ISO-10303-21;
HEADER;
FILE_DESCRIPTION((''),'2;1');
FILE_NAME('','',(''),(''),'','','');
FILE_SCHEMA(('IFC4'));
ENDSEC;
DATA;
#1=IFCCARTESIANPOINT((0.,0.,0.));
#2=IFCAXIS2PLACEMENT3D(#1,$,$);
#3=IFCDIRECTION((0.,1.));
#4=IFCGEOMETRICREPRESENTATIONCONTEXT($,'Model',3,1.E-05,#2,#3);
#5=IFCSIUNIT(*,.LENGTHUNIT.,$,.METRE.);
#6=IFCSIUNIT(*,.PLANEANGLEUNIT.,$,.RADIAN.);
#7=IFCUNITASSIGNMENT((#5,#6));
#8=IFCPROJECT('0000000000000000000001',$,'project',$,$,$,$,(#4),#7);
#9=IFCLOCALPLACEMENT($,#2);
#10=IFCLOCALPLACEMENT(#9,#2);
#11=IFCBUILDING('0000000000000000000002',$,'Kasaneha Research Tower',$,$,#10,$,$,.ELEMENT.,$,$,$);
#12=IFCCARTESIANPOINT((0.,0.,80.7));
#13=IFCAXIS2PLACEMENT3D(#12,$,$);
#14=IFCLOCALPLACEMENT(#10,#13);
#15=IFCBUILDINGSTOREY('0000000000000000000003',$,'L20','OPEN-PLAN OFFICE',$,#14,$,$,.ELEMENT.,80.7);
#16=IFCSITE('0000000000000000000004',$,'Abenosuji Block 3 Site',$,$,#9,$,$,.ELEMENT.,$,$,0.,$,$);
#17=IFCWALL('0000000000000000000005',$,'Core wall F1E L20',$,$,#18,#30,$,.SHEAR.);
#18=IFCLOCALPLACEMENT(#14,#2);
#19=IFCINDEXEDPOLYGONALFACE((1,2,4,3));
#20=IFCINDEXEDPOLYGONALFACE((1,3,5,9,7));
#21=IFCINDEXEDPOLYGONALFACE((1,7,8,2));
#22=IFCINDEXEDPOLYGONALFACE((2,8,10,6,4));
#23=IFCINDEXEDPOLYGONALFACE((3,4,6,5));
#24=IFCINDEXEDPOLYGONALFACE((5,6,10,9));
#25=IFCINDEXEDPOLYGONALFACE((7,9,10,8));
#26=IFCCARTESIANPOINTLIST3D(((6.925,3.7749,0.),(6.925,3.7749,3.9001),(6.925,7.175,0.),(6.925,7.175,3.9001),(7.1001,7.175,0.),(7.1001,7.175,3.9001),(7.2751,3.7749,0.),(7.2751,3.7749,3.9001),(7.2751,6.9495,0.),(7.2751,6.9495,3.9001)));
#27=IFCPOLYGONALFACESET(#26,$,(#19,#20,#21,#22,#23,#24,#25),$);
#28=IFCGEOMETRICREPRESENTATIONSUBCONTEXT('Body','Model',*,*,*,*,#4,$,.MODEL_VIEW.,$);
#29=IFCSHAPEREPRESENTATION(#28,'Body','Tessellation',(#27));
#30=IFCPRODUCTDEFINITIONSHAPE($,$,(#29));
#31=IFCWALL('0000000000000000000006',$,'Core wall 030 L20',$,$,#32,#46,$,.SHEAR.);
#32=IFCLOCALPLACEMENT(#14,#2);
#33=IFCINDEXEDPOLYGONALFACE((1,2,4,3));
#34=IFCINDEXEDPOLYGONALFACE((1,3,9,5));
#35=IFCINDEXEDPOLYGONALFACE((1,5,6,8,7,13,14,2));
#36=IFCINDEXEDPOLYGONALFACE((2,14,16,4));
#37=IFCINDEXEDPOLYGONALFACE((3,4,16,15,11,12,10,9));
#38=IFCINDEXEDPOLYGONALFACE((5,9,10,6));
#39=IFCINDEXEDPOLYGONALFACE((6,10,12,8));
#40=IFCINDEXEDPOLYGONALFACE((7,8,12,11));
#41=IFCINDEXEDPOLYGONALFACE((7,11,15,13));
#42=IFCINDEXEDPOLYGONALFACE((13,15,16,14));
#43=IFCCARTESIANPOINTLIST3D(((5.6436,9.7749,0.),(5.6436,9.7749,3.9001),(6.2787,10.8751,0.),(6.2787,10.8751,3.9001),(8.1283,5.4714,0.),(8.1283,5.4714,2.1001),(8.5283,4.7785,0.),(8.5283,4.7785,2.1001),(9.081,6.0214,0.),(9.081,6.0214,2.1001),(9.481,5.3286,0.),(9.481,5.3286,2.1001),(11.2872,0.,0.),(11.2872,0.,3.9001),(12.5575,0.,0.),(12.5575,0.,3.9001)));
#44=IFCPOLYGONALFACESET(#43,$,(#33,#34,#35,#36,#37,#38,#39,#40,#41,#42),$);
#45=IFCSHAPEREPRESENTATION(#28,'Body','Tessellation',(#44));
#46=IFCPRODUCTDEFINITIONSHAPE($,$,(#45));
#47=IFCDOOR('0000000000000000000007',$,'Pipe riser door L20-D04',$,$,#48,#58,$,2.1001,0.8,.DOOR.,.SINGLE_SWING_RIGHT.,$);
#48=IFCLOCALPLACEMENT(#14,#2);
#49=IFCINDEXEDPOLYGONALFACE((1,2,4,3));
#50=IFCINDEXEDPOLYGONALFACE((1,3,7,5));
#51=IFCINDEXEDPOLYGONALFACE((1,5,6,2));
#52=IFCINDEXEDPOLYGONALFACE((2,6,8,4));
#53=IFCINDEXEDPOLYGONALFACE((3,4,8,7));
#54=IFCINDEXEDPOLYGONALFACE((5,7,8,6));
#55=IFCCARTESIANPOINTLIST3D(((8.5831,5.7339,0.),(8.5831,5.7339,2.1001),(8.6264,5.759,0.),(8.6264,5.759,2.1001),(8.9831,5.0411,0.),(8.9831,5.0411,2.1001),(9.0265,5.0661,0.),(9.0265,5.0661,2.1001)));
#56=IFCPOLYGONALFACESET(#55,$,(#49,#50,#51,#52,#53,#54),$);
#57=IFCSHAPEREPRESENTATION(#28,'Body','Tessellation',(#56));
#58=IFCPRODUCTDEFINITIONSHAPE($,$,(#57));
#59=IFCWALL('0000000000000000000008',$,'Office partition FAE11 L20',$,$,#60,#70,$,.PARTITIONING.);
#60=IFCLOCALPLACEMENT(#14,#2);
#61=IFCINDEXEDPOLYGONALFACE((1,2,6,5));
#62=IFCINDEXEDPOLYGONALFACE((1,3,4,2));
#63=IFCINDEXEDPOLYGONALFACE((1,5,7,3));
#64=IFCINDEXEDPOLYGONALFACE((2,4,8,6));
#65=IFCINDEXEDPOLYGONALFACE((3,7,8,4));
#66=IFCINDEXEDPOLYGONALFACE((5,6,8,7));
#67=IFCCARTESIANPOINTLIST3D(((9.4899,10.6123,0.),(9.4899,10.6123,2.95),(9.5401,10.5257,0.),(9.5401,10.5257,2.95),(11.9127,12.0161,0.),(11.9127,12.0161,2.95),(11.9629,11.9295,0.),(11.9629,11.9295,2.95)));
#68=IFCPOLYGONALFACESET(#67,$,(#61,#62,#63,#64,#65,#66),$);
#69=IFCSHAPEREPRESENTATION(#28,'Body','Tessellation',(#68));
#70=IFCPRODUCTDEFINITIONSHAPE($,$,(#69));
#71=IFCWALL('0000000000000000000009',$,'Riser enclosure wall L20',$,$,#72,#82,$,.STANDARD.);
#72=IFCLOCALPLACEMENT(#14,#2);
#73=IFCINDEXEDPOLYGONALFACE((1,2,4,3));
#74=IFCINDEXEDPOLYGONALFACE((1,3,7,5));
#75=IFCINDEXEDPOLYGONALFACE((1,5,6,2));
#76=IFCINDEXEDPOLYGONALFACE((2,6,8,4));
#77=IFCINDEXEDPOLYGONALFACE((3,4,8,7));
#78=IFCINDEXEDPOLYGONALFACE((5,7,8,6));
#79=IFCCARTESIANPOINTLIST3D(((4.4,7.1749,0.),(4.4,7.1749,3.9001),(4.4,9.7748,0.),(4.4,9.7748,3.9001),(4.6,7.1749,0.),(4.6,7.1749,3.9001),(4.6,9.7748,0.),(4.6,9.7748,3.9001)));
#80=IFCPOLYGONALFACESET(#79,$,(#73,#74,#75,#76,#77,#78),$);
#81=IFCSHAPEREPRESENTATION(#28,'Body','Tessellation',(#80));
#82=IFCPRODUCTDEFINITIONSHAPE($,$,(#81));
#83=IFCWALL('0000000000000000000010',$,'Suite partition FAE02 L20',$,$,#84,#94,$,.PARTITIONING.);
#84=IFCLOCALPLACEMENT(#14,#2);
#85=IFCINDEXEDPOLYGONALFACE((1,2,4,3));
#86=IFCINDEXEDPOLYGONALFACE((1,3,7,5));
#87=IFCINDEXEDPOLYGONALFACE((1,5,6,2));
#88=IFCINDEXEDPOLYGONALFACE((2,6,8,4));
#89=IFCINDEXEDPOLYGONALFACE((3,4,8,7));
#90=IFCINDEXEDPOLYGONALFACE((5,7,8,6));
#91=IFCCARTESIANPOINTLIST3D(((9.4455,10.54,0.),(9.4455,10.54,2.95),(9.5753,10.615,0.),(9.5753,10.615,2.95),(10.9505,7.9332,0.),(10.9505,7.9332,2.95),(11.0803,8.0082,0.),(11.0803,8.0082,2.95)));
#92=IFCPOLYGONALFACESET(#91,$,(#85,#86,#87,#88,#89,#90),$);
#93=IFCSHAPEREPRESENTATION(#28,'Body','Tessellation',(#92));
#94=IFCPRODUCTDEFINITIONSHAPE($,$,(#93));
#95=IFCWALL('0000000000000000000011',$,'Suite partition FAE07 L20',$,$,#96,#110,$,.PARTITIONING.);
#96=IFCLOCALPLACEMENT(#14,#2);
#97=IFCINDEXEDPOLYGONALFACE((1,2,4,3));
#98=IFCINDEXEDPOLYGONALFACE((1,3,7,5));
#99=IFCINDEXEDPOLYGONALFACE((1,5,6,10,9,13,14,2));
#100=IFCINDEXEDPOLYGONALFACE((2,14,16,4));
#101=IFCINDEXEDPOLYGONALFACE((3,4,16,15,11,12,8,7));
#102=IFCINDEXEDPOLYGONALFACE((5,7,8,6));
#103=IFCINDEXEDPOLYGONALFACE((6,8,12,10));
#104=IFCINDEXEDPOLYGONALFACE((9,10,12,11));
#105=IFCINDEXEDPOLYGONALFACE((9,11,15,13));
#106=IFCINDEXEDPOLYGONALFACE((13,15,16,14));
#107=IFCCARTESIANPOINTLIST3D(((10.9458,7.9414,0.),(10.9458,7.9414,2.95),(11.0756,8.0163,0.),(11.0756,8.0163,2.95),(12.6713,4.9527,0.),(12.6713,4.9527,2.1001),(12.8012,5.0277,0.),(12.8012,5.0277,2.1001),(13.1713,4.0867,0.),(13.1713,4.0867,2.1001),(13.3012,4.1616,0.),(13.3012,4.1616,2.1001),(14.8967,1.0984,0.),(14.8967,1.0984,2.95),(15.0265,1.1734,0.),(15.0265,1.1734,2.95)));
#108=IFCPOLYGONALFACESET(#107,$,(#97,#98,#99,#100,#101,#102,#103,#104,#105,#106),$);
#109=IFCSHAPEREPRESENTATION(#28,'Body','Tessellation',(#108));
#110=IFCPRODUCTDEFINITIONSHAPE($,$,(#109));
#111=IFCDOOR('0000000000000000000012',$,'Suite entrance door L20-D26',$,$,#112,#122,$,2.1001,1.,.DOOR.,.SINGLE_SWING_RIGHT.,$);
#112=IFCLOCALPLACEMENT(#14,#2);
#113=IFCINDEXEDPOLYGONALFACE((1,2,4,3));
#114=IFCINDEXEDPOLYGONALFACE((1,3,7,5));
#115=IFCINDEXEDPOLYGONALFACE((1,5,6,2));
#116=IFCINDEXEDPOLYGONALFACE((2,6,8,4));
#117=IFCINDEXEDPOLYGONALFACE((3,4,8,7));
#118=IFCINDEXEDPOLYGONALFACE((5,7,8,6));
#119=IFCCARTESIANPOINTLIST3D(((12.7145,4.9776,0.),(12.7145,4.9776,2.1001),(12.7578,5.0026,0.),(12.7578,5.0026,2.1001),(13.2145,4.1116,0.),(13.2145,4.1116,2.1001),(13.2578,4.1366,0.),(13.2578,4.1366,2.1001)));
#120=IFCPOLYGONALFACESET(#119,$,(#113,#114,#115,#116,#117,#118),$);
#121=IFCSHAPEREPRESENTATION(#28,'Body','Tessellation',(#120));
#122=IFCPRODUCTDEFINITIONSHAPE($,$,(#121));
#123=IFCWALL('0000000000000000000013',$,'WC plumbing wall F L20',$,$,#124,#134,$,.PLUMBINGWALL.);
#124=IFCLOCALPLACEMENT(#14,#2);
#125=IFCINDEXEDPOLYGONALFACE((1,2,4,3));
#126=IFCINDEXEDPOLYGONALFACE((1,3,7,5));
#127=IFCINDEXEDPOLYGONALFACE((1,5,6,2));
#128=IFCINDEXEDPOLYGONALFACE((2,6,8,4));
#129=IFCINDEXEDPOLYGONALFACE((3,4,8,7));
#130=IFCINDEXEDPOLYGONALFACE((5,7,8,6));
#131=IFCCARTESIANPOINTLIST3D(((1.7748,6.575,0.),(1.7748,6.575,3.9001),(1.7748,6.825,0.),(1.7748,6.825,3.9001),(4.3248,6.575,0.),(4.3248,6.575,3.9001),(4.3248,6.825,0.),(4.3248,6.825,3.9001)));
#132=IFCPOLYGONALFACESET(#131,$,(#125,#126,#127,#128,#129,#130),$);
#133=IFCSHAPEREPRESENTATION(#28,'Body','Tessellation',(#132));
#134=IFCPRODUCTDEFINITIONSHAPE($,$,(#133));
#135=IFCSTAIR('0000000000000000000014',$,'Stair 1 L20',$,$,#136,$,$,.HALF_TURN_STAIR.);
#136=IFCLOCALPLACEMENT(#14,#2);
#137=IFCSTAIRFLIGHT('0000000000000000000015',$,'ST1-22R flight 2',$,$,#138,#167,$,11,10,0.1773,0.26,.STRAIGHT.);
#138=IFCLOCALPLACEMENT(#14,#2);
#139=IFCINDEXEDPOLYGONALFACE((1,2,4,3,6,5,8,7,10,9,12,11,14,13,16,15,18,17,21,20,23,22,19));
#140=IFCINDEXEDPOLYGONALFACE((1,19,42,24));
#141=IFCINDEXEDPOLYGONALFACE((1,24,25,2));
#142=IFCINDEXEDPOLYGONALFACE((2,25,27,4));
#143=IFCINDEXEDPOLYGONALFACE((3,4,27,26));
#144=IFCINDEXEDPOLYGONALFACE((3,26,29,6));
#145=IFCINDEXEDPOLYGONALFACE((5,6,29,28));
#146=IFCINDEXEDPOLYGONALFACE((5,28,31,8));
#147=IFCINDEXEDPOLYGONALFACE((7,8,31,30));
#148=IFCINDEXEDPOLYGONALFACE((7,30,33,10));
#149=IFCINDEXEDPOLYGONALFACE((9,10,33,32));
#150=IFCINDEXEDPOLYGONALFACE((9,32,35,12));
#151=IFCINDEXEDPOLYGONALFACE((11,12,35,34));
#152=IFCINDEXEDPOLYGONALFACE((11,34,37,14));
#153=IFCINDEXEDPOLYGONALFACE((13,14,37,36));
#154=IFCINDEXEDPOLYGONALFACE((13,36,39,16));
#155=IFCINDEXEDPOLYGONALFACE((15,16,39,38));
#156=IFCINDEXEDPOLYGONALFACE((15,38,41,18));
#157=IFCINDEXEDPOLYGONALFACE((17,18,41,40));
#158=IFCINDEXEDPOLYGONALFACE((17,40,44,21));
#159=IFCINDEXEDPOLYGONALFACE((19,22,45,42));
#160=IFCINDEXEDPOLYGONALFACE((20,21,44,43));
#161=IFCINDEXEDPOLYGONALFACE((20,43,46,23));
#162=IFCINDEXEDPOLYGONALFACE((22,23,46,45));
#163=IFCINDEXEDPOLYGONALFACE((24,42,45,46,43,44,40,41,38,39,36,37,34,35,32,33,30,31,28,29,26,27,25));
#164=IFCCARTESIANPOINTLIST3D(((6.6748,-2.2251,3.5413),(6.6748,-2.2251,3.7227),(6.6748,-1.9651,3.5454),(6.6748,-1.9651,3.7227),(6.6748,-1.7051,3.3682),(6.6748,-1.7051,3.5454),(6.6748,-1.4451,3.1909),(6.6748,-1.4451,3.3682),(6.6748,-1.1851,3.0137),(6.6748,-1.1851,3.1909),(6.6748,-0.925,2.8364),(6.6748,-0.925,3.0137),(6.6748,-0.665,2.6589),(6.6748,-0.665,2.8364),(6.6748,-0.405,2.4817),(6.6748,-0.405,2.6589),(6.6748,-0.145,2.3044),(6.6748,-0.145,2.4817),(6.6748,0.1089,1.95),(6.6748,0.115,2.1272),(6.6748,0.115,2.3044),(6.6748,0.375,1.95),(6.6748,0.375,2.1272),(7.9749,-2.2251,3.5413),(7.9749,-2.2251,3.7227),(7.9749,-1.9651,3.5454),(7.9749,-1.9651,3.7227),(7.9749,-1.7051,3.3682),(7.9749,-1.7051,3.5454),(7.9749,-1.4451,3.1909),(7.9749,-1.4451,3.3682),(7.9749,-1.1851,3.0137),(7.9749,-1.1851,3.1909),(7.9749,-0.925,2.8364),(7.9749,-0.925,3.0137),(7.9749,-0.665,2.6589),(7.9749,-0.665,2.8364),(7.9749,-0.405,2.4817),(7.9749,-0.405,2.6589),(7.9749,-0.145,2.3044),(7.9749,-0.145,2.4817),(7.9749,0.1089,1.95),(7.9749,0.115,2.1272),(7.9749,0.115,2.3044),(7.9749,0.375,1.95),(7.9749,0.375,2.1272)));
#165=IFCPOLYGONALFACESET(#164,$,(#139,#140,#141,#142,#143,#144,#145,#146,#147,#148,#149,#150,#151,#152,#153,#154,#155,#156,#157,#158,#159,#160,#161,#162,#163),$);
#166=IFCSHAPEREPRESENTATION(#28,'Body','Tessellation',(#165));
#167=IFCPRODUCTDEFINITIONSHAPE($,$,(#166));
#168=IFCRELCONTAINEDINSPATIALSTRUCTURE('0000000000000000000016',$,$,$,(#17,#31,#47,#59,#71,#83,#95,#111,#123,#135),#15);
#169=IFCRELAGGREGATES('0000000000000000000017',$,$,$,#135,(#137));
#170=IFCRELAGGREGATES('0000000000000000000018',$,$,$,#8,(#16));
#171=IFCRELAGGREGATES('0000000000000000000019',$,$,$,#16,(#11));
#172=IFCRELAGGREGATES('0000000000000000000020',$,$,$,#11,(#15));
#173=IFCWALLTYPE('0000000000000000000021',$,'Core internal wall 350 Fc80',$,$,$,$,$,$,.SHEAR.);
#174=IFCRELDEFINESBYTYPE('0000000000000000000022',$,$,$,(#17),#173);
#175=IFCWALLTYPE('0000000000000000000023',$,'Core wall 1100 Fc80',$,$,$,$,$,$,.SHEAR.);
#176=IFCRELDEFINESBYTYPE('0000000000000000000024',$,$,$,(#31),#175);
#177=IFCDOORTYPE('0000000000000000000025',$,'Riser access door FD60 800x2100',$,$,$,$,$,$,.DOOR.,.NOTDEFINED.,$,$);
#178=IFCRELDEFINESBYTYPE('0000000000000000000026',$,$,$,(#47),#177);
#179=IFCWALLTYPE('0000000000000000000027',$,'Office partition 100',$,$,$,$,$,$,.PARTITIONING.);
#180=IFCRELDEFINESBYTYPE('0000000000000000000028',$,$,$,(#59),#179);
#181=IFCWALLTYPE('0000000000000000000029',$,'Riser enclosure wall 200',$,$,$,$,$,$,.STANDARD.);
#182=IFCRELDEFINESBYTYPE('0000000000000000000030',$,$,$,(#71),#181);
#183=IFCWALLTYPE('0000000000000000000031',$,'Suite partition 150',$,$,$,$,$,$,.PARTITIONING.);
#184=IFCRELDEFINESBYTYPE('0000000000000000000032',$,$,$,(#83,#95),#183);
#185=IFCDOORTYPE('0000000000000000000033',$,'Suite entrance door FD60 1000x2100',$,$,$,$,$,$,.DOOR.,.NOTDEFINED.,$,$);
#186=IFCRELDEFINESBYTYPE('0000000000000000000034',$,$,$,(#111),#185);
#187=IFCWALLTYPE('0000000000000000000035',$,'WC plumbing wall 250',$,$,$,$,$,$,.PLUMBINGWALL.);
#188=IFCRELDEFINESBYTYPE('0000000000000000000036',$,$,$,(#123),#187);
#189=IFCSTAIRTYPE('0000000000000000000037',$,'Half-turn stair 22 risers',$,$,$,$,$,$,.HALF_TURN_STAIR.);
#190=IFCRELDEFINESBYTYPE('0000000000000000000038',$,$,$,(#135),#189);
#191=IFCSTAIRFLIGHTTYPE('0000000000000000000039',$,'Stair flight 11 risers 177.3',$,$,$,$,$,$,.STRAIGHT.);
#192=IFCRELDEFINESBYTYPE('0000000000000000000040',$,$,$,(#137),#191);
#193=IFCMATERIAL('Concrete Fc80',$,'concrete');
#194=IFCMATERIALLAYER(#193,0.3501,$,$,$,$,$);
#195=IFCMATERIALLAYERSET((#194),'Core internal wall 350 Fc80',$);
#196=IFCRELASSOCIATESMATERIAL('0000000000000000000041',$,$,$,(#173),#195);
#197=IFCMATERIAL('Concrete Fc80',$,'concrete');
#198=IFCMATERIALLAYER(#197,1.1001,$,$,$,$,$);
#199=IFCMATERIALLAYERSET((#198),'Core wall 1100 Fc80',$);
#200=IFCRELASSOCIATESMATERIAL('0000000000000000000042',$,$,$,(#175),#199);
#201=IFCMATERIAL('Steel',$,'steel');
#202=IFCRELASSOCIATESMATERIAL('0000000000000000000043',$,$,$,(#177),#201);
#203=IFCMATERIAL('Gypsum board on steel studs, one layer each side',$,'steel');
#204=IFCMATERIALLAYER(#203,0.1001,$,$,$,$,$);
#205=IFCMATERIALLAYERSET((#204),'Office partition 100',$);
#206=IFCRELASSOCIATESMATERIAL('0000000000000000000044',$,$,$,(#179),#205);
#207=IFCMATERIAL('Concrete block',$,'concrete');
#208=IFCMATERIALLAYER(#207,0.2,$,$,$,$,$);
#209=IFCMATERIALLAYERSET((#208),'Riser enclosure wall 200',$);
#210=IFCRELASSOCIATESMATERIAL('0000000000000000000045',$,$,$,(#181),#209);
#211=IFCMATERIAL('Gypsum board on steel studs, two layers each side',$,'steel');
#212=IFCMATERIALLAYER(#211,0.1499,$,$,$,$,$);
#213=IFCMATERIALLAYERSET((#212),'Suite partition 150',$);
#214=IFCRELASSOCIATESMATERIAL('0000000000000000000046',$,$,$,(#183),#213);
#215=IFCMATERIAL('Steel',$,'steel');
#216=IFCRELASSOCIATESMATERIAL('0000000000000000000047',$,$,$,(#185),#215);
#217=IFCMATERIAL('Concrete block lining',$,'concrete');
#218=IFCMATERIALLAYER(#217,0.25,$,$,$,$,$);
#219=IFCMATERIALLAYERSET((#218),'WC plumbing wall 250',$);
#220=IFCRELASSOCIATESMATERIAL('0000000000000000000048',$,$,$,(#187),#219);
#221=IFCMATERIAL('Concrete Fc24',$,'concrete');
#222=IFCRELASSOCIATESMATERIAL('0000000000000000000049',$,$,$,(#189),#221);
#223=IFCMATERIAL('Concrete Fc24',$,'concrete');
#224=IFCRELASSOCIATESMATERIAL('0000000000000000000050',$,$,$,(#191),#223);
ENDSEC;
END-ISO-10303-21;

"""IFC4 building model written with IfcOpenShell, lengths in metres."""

from ifc_helpers import new_model, si_unit, direction, frame, frame_2d, origin, place, context, subcontext, project, spatial, polyline, rectangle, outline, extrude, material, layer, layer_set, type_object, element, fill, aggregate, save


model = new_model("IFC4")

# Units and contexts
model_context = context("Model", 3, precision=1e-05, world=origin(), true_north=direction((0.0, 1.0)))
body_context = subcontext(model_context, "Body", "Model", "MODEL_VIEW")
ifc_project = project(units=[si_unit("LENGTHUNIT", "METRE"), si_unit("PLANEANGLEUNIT", "RADIAN")], contexts=[model_context])

# Site, building, storey
site_placement = place(None, origin())
site = spatial("IfcSite", under=ifc_project, at=site_placement, Name="Abenosuji Block 3 Site", CompositionType="ELEMENT", RefElevation=0.0)
building_placement = place(site_placement, origin())
building = spatial("IfcBuilding", under=site, at=building_placement, Name="Kasaneha Research Tower", CompositionType="ELEMENT")
storey_placement = place(building_placement, frame((0.0, 0.0, 80.7)))
storey = spatial("IfcBuildingStorey", under=building, at=storey_placement, Name="L20", Description="OPEN-PLAN OFFICE", CompositionType="ELEMENT", Elevation=80.7)

# Wall
ifc_material_1 = material(Name="Concrete Fc80", Category="concrete")
ifc_layer_1 = layer(ifc_material_1, 0.3501)
ifc_layer_set_1 = layer_set([ifc_layer_1], Name="Core internal wall 350 Fc80")
wall_type_1 = type_object("IfcWallType", Name="Core internal wall 350 Fc80", PredefinedType="SHEAR", material=ifc_layer_set_1)
wall_1_placement = place(storey_placement, frame((7.1001, 3.7749, 0.0), z_axis=(0.0, 0.0, 1.0), x_axis=(0.0, 1.0, 0.0)))
element("IfcWall", 1, at=wall_1_placement, inside=storey, type_object=wall_type_1, Name="Core wall F1E L20", PredefinedType="SHEAR", context=body_context, shape_type="SweptSolid", body=[
    extrude(outline(polyline([(0.0, -0.175), (3.1746, -0.175), (3.4001, 0.0), (3.4001, 0.175), (0.0, 0.175), (0.0, -0.175)])), origin(), (0.0, 0.0, 1.0), 3.9001),
])

# Wall, opening, door
ifc_material_2 = material(Name="Concrete Fc80", Category="concrete")
ifc_layer_2 = layer(ifc_material_2, 1.1001)
ifc_layer_set_2 = layer_set([ifc_layer_2], Name="Core wall 1100 Fc80")
wall_type_2 = type_object("IfcWallType", Name="Core wall 1100 Fc80", PredefinedType="SHEAR", material=ifc_layer_set_2)
wall_2_placement = place(storey_placement, frame((11.9224, 0.0, 0.0), z_axis=(0.0, 0.0, 1.0), x_axis=(-0.500004, 0.866023, 0.0)))
wall_2 = element("IfcWall", 2, at=wall_2_placement, inside=storey, type_object=wall_type_2, Name="Core wall 030 L20", PredefinedType="SHEAR", context=body_context, shape_type="SweptSolid", body=[
    extrude(outline(polyline([(-0.3176, -0.55), (5.8354, -0.55), (6.6355, -0.55), (12.24, -0.55), (11.6047, 0.55), (6.6355, 0.55), (5.8354, 0.55), (0.3176, 0.55), (-0.3176, -0.55)])), origin(), (0.0, 0.0, 1.0), 3.9001),
])
opening_1_placement = place(wall_2_placement, frame((5.8354, 0.0, 0.0)))
opening_1 = element("IfcOpeningElement", 3, at=opening_1_placement, cuts=wall_2, PredefinedType="OPENING", context=body_context, shape_type="SweptSolid", body=[
    extrude(rectangle(XDim=0.8, YDim=2.1001, at=frame_2d((0.3999, 1.05))), frame((0.0, 0.5601, 0.0), z_axis=(0.0, -1.0, 0.0), x_axis=(1.0, 0.0, 0.0)), (0.0, 0.0, 1.0), 1.1201),
])
ifc_material_3 = material(Name="Steel", Category="steel")
door_type_1 = type_object("IfcDoorType", Name="Riser access door FD60 800x2100", OperationType="NOTDEFINED", PredefinedType="DOOR", material=ifc_material_3)
door_1_placement = place(opening_1_placement, origin())
door_1 = element("IfcDoor", 4, at=door_1_placement, inside=storey, type_object=door_type_1, Name="Pipe riser door L20-D04", OperationType="SINGLE_SWING_RIGHT", OverallHeight=2.1001, OverallWidth=0.8, PredefinedType="DOOR", context=body_context, shape_type="SweptSolid", body=[
    extrude(rectangle(XDim=0.8, YDim=2.1001, at=frame_2d((0.3999, 1.05))), frame((0.0, 0.0249, 0.0), z_axis=(0.0, -1.0, 0.0), x_axis=(1.0, 0.0, 0.0)), (0.0, 0.0, 1.0), 0.05),
])
fill(opening_1, door_1)

# Walls
ifc_material_4 = material(Name="Gypsum board on steel studs, one layer each side", Category="steel")
ifc_layer_3 = layer(ifc_material_4, 0.1001)
ifc_layer_set_3 = layer_set([ifc_layer_3], Name="Office partition 100")
wall_type_3 = type_object("IfcWallType", Name="Office partition 100", PredefinedType="PARTITIONING", material=ifc_layer_set_3)
wall_3_placement = place(storey_placement, frame((9.5151, 10.5691, 0.0), z_axis=(0.0, 0.0, 1.0), x_axis=(0.865255, 0.501332, 0.0)))
element("IfcWall", 5, at=wall_3_placement, inside=storey, type_object=wall_type_3, Name="Office partition FAE11 L20", PredefinedType="PARTITIONING", context=body_context, shape_type="SweptSolid", body=[
    extrude(rectangle(XDim=2.8, YDim=0.1001, at=frame_2d((1.3999, 0.0))), origin(), (0.0, 0.0, 1.0), 2.95),
])
ifc_material_5 = material(Name="Concrete block", Category="concrete")
ifc_layer_4 = layer(ifc_material_5, 0.2)
ifc_layer_set_4 = layer_set([ifc_layer_4], Name="Riser enclosure wall 200")
wall_type_4 = type_object("IfcWallType", Name="Riser enclosure wall 200", PredefinedType="STANDARD", material=ifc_layer_set_4)
wall_4_placement = place(storey_placement, frame((4.5, 7.175, 0.0), z_axis=(0.0, 0.0, 1.0), x_axis=(0.0, 1.0, 0.0)))
element("IfcWall", 6, at=wall_4_placement, inside=storey, type_object=wall_type_4, Name="Riser enclosure wall L20", PredefinedType="STANDARD", context=body_context, shape_type="SweptSolid", body=[
    extrude(rectangle(XDim=2.5999, YDim=0.2, at=frame_2d((1.2998, 0.0))), origin(), (0.0, 0.0, 1.0), 3.9001),
])
ifc_material_6 = material(Name="Gypsum board on steel studs, two layers each side", Category="steel")
ifc_layer_5 = layer(ifc_material_6, 0.1499)
ifc_layer_set_5 = layer_set([ifc_layer_5], Name="Suite partition 150")
wall_type_5 = type_object("IfcWallType", Name="Suite partition 150", PredefinedType="PARTITIONING", material=ifc_layer_set_5)
wall_5_placement = place(storey_placement, frame((9.5105, 10.5774, 0.0), z_axis=(0.0, 0.0, 1.0), x_axis=(0.499978, -0.866038, 0.0)))
element("IfcWall", 7, at=wall_5_placement, inside=storey, type_object=wall_type_5, Name="Suite partition FAE02 L20", PredefinedType="PARTITIONING", context=body_context, shape_type="SweptSolid", body=[
    extrude(rectangle(XDim=3.01, YDim=0.1499, at=frame_2d((1.5049, 0.0))), origin(), (0.0, 0.0, 1.0), 2.95),
])

# Wall, opening, door
wall_6_placement = place(storey_placement, frame((11.0107, 7.9788, 0.0), z_axis=(0.0, 0.0, 1.0), x_axis=(0.50001, -0.866019, 0.0)))
wall_6 = element("IfcWall", 8, at=wall_6_placement, inside=storey, type_object=wall_type_5, Name="Suite partition FAE07 L20", PredefinedType="PARTITIONING", context=body_context, shape_type="SweptSolid", body=[
    extrude(rectangle(XDim=7.9016, YDim=0.1499, at=frame_2d((3.9507, 0.0))), origin(), (0.0, 0.0, 1.0), 2.95),
])
opening_2_placement = place(wall_6_placement, frame((3.4509, 0.0, 0.0)))
opening_2 = element("IfcOpeningElement", 9, at=opening_2_placement, cuts=wall_6, PredefinedType="OPENING", context=body_context, shape_type="SweptSolid", body=[
    extrude(rectangle(XDim=1.0, YDim=2.1001, at=frame_2d((0.5, 1.05))), frame((0.0, 0.085, 0.0), z_axis=(0.0, -1.0, 0.0), x_axis=(1.0, 0.0, 0.0)), (0.0, 0.0, 1.0), 0.1699),
])
ifc_material_7 = material(Name="Steel", Category="steel")
door_type_2 = type_object("IfcDoorType", Name="Suite entrance door FD60 1000x2100", OperationType="NOTDEFINED", PredefinedType="DOOR", material=ifc_material_7)
door_2_placement = place(opening_2_placement, origin())
door_2 = element("IfcDoor", 10, at=door_2_placement, inside=storey, type_object=door_type_2, Name="Suite entrance door L20-D26", OperationType="SINGLE_SWING_RIGHT", OverallHeight=2.1001, OverallWidth=1.0, PredefinedType="DOOR", context=body_context, shape_type="SweptSolid", body=[
    extrude(rectangle(XDim=1.0, YDim=2.1001, at=frame_2d((0.5, 1.05))), frame((0.0, 0.0249, 0.0), z_axis=(0.0, -1.0, 0.0), x_axis=(1.0, 0.0, 0.0)), (0.0, 0.0, 1.0), 0.05),
])
fill(opening_2, door_2)

# Wall
ifc_material_8 = material(Name="Concrete block lining", Category="concrete")
ifc_layer_6 = layer(ifc_material_8, 0.25)
ifc_layer_set_6 = layer_set([ifc_layer_6], Name="WC plumbing wall 250")
wall_type_6 = type_object("IfcWallType", Name="WC plumbing wall 250", PredefinedType="PLUMBINGWALL", material=ifc_layer_set_6)
wall_7_placement = place(storey_placement, frame((1.7749, 6.7, 0.0), z_axis=(0.0, 0.0, 1.0), x_axis=(1.0, 0.0, 0.0)))
element("IfcWall", 11, at=wall_7_placement, inside=storey, type_object=wall_type_6, Name="WC plumbing wall F L20", PredefinedType="PLUMBINGWALL", context=body_context, shape_type="SweptSolid", body=[
    extrude(rectangle(XDim=2.55, YDim=0.25, at=frame_2d((1.2749, 0.0))), origin(), (0.0, 0.0, 1.0), 3.9001),
])

# Stair, stair flight
ifc_material_9 = material(Name="Concrete Fc24", Category="concrete")
stair_type = type_object("IfcStairType", Name="Half-turn stair 22 risers", PredefinedType="HALF_TURN_STAIR", material=ifc_material_9)
stair_placement = place(storey_placement, origin())
stair = element("IfcStair", 12, at=stair_placement, inside=storey, type_object=stair_type, Name="Stair 1 L20", PredefinedType="HALF_TURN_STAIR")
ifc_material_10 = material(Name="Concrete Fc24", Category="concrete")
stair_flight_type = type_object("IfcStairFlightType", Name="Stair flight 11 risers 177.3", PredefinedType="STRAIGHT", material=ifc_material_10)
stair_flight_placement = place(storey_placement, frame((7.325, 0.375, 1.95), z_axis=(0.0, 0.0, 1.0), x_axis=(0.0, -1.0, 0.0)))
stair_flight = element("IfcStairFlight", 13, at=stair_flight_placement, type_object=stair_flight_type, Name="ST1-22R flight 2", NumberOfRisers=11, NumberOfTreads=10, PredefinedType="STRAIGHT", RiserHeight=0.1773, TreadLength=0.26, context=body_context, shape_type="SweptSolid", body=[
    extrude(outline(polyline([(0.0, 0.0), (0.0, 0.1772), (0.26, 0.1772), (0.26, 0.3545), (0.52, 0.3545), (0.52, 0.5317), (0.78, 0.5317), (0.78, 0.709), (1.04, 0.709), (1.04, 0.8865), (1.3, 0.8865), (1.3, 1.0637), (1.5601, 1.0637), (1.5601, 1.241), (1.8201, 1.241), (1.8201, 1.4182), (2.0801, 1.4182), (2.0801, 1.5955), (2.3401, 1.5955), (2.3401, 1.7727), (2.6001, 1.7727), (2.6001, 1.95), (2.6001, 1.5913), (0.2661, 0.0), (0.0, 0.0)])), frame((0.0, 0.6499, 0.0), z_axis=(0.0, -1.0, 0.0), x_axis=(1.0, 0.0, 0.0)), (0.0, 0.0, 1.0), 1.3),
])
aggregate(stair, [stair_flight])

save(model, "model.ifc")
